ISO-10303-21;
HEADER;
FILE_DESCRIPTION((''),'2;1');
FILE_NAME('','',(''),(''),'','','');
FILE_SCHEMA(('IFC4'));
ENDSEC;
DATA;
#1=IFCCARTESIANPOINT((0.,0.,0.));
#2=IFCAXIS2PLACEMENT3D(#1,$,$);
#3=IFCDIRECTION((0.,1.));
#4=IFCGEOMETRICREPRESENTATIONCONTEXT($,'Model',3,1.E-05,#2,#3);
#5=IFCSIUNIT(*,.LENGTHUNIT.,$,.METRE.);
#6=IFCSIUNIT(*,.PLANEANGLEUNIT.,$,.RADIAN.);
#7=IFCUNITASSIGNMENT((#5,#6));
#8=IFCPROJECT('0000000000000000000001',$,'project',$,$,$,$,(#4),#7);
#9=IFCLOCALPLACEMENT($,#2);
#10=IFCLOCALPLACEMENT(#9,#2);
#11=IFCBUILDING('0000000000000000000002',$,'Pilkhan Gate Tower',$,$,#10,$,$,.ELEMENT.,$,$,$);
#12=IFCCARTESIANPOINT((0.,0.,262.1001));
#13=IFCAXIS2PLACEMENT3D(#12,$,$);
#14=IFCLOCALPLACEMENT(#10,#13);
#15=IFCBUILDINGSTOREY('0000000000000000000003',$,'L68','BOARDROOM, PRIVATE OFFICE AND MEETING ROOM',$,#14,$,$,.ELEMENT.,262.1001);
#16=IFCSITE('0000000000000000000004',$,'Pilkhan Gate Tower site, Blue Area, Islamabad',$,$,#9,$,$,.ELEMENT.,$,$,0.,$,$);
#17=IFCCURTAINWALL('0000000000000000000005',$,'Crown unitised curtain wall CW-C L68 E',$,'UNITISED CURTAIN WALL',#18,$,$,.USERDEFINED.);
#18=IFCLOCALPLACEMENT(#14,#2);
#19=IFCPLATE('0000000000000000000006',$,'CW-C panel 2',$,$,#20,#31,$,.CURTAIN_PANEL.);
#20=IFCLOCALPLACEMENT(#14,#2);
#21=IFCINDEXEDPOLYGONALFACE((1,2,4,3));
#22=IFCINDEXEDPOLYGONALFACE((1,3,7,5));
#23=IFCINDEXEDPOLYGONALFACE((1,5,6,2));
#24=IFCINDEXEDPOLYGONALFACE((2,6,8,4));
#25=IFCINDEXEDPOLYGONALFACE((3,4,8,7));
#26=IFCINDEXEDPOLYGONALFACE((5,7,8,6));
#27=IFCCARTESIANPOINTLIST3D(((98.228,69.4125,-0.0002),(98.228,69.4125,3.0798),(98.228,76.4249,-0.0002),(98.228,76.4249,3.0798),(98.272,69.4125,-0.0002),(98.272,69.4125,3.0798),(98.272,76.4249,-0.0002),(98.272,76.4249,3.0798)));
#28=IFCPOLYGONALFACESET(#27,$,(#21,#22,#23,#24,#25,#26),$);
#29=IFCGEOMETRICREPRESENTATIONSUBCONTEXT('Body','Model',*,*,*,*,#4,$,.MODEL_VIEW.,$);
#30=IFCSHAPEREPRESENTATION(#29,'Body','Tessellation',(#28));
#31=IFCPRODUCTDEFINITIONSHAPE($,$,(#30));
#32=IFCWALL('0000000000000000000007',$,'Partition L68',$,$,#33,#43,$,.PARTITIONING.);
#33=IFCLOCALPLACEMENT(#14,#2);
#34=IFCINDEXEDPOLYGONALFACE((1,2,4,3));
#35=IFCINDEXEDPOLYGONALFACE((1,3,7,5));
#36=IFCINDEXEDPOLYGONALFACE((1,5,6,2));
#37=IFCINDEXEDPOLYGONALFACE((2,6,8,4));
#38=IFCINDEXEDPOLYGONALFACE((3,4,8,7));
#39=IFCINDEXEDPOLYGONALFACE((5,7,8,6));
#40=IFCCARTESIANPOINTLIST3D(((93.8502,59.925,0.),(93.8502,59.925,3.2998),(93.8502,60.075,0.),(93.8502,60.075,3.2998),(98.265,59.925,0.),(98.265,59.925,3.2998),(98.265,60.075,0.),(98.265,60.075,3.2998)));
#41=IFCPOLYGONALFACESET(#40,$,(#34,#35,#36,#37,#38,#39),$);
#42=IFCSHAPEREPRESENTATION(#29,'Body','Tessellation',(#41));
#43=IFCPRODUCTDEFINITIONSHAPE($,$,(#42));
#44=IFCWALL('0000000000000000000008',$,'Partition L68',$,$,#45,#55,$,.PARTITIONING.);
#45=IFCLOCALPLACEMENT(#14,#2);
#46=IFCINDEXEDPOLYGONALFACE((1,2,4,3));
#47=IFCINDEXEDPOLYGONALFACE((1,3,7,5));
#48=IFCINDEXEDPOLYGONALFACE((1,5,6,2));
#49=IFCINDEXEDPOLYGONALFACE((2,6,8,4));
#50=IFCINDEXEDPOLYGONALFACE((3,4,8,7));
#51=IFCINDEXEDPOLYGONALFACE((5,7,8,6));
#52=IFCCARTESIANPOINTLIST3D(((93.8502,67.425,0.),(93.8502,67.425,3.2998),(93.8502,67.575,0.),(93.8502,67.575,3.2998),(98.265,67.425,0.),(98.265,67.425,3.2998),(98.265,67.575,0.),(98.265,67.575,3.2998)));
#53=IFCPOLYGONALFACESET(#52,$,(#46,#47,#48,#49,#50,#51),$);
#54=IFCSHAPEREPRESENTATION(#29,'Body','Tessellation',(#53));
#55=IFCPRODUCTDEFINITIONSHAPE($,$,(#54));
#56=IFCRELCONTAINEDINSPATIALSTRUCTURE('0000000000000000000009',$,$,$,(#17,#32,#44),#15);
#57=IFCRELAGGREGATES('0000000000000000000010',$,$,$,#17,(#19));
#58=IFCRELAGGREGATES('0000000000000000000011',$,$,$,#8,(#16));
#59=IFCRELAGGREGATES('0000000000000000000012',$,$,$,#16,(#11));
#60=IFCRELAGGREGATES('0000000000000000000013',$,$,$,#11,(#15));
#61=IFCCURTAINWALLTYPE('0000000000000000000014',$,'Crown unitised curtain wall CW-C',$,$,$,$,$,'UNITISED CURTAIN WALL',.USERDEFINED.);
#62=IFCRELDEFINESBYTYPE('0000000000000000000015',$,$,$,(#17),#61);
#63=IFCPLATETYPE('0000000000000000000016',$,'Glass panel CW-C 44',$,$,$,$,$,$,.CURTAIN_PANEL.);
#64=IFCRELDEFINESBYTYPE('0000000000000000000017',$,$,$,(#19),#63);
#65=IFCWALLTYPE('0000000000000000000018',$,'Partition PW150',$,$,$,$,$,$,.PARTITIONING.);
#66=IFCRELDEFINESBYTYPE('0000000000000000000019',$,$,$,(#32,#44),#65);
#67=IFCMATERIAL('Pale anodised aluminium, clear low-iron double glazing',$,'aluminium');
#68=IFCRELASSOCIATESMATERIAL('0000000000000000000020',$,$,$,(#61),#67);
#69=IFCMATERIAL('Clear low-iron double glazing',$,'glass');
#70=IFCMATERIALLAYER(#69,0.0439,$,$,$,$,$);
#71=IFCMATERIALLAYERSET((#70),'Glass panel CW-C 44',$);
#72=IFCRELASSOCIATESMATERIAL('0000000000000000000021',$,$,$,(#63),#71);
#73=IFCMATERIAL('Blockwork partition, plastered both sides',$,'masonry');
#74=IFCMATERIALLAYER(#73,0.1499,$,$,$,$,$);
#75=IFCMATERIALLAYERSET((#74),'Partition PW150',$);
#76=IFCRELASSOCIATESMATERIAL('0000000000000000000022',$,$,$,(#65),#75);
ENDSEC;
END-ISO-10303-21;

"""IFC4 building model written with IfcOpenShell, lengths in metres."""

from ifc_helpers import new_model, si_unit, direction, frame, frame_2d, origin, origin_2d, place, context, subcontext, project, spatial, rectangle, extrude, material, layer, layer_set, type_object, element, aggregate, save


model = new_model("IFC4")

# Units and contexts
model_context = context("Model", 3, precision=1e-05, world=origin(), true_north=direction((0.0, 1.0)))
body_context = subcontext(model_context, "Body", "Model", "MODEL_VIEW")
ifc_project = project(units=[si_unit("LENGTHUNIT", "METRE"), si_unit("PLANEANGLEUNIT", "RADIAN")], contexts=[model_context])

# Site, building, storey
site_placement = place(None, origin())
site = spatial("IfcSite", under=ifc_project, at=site_placement, Name="Pilkhan Gate Tower site, Blue Area, Islamabad", CompositionType="ELEMENT", RefElevation=0.0)
building_placement = place(site_placement, origin())
building = spatial("IfcBuilding", under=site, at=building_placement, Name="Pilkhan Gate Tower", CompositionType="ELEMENT")
storey_placement = place(building_placement, frame((0.0, 0.0, 262.1001)))
storey = spatial("IfcBuildingStorey", under=building, at=storey_placement, Name="L68", Description="BOARDROOM, PRIVATE OFFICE AND MEETING ROOM", CompositionType="ELEMENT", Elevation=262.1001)

# Curtain wall
ifc_material_1 = material(Name="Pale anodised aluminium, clear low-iron double glazing", Category="aluminium")
curtain_wall_type = type_object("IfcCurtainWallType", Name="Crown unitised curtain wall CW-C", ElementType="UNITISED CURTAIN WALL", PredefinedType="USERDEFINED", material=ifc_material_1)
curtain_wall_1_placement = place(storey_placement, origin())
curtain_wall_1 = element("IfcCurtainWall", 1, at=curtain_wall_1_placement, inside=storey, type_object=curtain_wall_type, Name="Crown unitised curtain wall CW-C L68 E", ObjectType="UNITISED CURTAIN WALL", PredefinedType="USERDEFINED")

# Plate
ifc_material_2 = material(Name="Clear low-iron double glazing", Category="glass")
ifc_layer_1 = layer(ifc_material_2, 0.0439)
ifc_layer_set_1 = layer_set([ifc_layer_1], Name="Glass panel CW-C 44")
plate_type = type_object("IfcPlateType", Name="Glass panel CW-C 44", PredefinedType="CURTAIN_PANEL", material=ifc_layer_set_1)
plate_1_placement = place(storey_placement, frame((98.25, 72.9187, -0.0002), z_axis=(0.0, 0.0, 1.0), x_axis=(0.0, 1.0, 0.0)))
plate_1 = element("IfcPlate", 2, at=plate_1_placement, type_object=plate_type, Name="CW-C panel 2", PredefinedType="CURTAIN_PANEL", context=body_context, shape_type="SweptSolid", body=[
    extrude(rectangle(XDim=7.0125, YDim=0.0439, at=origin_2d()), origin(), (0.0, 0.0, 1.0), 3.0801),
])
aggregate(curtain_wall_1, [plate_1])

# Walls
ifc_material_3 = material(Name="Blockwork partition, plastered both sides", Category="masonry")
ifc_layer_2 = layer(ifc_material_3, 0.1499)
ifc_layer_set_2 = layer_set([ifc_layer_2], Name="Partition PW150")
wall_type = type_object("IfcWallType", Name="Partition PW150", PredefinedType="PARTITIONING", material=ifc_layer_set_2)
for number, where, z_axis, x_axis, name in (
    (3, (93.8501, 60.0, 0.0), (0.0, 0.0, 1.0), (1.0, 0.0, 0.0), "Partition L68"),
    (4, (93.8501, 67.5, 0.0), (0.0, 0.0, 1.0), (1.0, 0.0, 0.0), "Partition L68"),
):
    element("IfcWall", number, at=place(storey_placement, frame(where, z_axis=z_axis, x_axis=x_axis)), inside=storey, type_object=wall_type, Name=name, PredefinedType="PARTITIONING", context=body_context, shape_type="SweptSolid", body=[
        extrude(rectangle(XDim=4.4148, YDim=0.1499, at=frame_2d((2.2075, 0.0))), origin(), (0.0, 0.0, 1.0), 3.2998),
    ])

save(model, "model.ifc")
